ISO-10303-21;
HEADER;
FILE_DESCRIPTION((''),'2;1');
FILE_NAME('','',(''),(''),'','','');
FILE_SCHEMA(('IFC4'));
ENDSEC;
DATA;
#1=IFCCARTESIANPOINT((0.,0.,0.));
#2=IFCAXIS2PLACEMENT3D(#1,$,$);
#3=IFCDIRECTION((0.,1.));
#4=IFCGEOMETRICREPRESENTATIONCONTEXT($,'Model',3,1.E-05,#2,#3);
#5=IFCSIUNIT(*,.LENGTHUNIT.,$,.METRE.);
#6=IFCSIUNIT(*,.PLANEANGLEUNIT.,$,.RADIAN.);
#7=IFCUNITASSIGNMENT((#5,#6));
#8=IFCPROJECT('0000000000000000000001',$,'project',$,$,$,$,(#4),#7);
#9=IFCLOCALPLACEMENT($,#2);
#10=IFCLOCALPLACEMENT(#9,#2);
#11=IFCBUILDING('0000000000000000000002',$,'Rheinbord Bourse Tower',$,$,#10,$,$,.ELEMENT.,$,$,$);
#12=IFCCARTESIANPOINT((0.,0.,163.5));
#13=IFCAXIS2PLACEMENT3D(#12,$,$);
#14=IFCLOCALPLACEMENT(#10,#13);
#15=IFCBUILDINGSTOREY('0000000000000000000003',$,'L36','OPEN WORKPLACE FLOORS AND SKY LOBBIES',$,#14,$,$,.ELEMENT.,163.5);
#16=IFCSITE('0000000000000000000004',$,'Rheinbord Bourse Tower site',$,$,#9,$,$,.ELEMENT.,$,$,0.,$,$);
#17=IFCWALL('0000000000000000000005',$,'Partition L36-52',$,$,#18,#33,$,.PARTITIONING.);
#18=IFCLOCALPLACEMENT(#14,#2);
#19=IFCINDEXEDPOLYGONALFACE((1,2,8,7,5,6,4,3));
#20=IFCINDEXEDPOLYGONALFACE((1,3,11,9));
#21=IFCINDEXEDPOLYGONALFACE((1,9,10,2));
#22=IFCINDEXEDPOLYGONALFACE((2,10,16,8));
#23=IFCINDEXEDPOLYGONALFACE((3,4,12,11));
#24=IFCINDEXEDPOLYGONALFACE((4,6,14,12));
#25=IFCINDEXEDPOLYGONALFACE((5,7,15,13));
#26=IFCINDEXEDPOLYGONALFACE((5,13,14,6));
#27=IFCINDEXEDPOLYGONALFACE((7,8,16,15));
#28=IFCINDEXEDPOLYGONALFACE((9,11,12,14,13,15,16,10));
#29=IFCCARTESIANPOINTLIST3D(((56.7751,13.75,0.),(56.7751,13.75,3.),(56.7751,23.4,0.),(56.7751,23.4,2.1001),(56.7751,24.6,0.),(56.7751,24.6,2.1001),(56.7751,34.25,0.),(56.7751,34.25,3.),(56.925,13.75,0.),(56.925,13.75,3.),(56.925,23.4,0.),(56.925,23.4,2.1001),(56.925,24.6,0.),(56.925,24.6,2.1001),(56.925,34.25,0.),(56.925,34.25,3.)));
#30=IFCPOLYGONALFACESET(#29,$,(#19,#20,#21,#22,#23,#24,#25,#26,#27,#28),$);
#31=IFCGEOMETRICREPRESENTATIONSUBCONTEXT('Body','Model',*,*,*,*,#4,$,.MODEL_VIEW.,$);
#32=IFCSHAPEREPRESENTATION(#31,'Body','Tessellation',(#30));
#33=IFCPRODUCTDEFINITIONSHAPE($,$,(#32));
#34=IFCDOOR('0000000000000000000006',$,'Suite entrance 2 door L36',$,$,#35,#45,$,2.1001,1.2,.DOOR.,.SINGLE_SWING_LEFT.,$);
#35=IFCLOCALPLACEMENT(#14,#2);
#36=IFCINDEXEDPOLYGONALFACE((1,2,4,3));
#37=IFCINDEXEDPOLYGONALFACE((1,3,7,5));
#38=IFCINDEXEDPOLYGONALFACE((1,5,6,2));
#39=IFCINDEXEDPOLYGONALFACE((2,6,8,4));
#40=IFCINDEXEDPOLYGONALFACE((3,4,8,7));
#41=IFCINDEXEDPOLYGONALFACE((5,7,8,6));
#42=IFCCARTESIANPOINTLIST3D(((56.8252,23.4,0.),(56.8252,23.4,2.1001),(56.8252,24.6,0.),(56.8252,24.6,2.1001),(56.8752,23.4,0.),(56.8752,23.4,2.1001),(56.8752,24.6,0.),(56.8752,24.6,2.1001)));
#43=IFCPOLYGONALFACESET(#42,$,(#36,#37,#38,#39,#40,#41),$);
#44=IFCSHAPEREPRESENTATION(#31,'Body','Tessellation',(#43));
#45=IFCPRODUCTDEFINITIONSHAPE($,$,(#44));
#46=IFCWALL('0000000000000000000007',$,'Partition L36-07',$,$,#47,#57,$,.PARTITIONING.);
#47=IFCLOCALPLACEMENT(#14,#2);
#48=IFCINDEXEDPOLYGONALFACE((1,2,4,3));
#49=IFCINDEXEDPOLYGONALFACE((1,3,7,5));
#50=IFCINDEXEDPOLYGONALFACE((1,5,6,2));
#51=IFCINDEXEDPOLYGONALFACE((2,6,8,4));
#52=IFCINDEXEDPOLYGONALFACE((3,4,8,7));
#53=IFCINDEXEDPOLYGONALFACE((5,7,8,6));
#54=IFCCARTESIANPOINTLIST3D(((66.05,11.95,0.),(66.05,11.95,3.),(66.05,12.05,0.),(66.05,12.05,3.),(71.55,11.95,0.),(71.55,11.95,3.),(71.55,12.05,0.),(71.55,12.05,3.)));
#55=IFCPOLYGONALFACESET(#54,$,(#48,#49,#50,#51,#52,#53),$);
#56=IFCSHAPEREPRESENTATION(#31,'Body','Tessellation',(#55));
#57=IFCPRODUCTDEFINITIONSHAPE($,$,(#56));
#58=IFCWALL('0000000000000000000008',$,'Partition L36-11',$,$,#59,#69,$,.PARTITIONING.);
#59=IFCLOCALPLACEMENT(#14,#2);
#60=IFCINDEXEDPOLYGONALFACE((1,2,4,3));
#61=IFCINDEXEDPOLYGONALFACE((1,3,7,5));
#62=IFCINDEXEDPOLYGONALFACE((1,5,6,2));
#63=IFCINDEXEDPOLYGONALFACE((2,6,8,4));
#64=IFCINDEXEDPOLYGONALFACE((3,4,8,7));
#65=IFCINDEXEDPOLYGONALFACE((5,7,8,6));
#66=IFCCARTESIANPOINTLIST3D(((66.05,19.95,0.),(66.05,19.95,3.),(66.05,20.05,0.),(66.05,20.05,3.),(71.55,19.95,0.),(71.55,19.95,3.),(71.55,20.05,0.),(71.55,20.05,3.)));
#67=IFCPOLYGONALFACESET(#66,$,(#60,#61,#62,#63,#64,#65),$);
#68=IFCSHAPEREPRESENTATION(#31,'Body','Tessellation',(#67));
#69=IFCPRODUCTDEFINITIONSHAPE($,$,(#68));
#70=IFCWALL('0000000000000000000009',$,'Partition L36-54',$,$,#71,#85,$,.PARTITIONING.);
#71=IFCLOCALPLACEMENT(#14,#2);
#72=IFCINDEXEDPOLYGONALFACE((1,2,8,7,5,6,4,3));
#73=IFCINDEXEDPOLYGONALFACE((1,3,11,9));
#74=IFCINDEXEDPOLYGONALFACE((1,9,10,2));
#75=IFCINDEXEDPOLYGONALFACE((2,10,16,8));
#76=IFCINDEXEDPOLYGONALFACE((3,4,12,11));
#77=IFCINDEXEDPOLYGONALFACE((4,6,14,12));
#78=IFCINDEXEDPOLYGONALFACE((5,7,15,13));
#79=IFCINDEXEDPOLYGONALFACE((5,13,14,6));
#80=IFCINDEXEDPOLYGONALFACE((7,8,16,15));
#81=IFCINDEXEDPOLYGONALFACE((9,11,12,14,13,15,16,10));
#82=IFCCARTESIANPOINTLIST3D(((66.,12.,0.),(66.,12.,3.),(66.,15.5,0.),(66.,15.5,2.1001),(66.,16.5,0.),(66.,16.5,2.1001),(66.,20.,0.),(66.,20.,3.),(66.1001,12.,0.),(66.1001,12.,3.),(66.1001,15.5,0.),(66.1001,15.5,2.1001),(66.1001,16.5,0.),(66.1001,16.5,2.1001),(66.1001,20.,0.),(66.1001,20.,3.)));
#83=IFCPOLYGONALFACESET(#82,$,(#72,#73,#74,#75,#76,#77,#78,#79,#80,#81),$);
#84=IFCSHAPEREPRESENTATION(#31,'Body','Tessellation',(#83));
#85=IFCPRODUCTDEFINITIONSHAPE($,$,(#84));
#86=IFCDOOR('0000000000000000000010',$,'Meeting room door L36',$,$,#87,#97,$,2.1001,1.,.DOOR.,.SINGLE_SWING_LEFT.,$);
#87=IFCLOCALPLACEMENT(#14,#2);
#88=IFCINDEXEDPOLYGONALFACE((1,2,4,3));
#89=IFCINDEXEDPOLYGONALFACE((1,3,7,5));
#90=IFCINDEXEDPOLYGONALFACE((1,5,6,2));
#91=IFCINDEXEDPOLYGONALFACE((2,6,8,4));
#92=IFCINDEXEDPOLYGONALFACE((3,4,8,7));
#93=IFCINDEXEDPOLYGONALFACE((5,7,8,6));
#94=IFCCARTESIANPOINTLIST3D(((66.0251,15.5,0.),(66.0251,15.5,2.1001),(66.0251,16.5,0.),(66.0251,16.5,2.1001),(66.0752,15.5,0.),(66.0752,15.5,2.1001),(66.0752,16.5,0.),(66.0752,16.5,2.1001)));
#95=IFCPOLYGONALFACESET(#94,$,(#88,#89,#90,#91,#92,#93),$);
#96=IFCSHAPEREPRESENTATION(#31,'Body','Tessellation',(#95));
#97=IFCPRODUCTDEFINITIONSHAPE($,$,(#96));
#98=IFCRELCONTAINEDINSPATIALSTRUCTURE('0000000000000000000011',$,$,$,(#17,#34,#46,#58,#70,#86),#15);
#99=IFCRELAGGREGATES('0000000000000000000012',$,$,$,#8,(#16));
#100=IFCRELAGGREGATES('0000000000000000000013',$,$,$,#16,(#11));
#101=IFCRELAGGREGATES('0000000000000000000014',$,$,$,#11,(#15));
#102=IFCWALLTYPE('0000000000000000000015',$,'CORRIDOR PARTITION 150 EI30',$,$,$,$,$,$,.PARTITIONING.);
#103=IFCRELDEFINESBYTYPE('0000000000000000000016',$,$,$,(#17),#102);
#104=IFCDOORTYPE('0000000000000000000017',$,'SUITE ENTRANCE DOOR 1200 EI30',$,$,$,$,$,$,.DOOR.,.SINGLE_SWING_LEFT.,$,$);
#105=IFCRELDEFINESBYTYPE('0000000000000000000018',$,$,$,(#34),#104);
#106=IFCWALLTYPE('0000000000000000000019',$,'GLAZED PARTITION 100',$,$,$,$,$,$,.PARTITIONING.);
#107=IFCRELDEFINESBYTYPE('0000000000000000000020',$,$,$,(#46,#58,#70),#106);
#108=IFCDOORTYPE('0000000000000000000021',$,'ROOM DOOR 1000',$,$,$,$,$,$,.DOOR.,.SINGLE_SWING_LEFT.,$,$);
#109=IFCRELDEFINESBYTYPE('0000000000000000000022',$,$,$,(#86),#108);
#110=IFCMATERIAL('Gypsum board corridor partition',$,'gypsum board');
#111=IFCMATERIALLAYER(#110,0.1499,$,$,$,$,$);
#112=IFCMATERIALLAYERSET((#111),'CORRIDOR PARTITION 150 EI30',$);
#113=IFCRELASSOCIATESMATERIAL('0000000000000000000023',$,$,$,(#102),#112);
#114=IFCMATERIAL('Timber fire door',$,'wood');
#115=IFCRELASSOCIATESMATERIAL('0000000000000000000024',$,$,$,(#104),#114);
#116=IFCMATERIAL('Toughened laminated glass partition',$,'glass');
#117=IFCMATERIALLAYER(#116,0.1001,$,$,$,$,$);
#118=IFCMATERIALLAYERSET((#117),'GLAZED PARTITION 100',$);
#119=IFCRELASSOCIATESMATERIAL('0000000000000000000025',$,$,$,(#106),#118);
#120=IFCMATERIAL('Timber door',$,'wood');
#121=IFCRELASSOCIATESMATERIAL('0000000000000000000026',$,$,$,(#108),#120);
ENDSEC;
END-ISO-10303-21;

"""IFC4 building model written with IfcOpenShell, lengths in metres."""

from ifc_helpers import new_model, si_unit, direction, frame, frame_2d, origin, place, context, subcontext, project, spatial, rectangle, extrude, material, layer, layer_set, type_object, element, fill, save


model = new_model("IFC4")

# Units and contexts
model_context = context("Model", 3, precision=1e-05, world=origin(), true_north=direction((0.0, 1.0)))
body_context = subcontext(model_context, "Body", "Model", "MODEL_VIEW")
ifc_project = project(units=[si_unit("LENGTHUNIT", "METRE"), si_unit("PLANEANGLEUNIT", "RADIAN")], contexts=[model_context])

# Site, building, storey
site_placement = place(None, origin())
site = spatial("IfcSite", under=ifc_project, at=site_placement, Name="Rheinbord Bourse Tower site", CompositionType="ELEMENT", RefElevation=0.0)
building_placement = place(site_placement, origin())
building = spatial("IfcBuilding", under=site, at=building_placement, Name="Rheinbord Bourse Tower", CompositionType="ELEMENT")
storey_placement = place(building_placement, frame((0.0, 0.0, 163.5)))
storey = spatial("IfcBuildingStorey", under=building, at=storey_placement, Name="L36", Description="OPEN WORKPLACE FLOORS AND SKY LOBBIES", CompositionType="ELEMENT", Elevation=163.5)

# Wall, opening, door
ifc_material_1 = material(Name="Gypsum board corridor partition", Category="gypsum board")
ifc_layer_1 = layer(ifc_material_1, 0.1499)
ifc_layer_set_1 = layer_set([ifc_layer_1], Name="CORRIDOR PARTITION 150 EI30")
wall_type_1 = type_object("IfcWallType", Name="CORRIDOR PARTITION 150 EI30", PredefinedType="PARTITIONING", material=ifc_layer_set_1)
wall_1_placement = place(storey_placement, frame((56.8501, 13.75, 0.0), z_axis=(0.0, 0.0, 1.0), x_axis=(0.0, 1.0, 0.0)))
wall_1 = element("IfcWall", 1, at=wall_1_placement, inside=storey, type_object=wall_type_1, Name="Partition L36-52", PredefinedType="PARTITIONING", context=body_context, shape_type="SweptSolid", body=[
    extrude(rectangle(XDim=20.5, YDim=0.1499, at=frame_2d((10.25, 0.0))), origin(), (0.0, 0.0, 1.0), 3.0),
])
opening_1_placement = place(wall_1_placement, frame((9.6499, 0.0, 0.0)))
opening_1 = element("IfcOpeningElement", 2, at=opening_1_placement, cuts=wall_1, PredefinedType="OPENING", context=body_context, shape_type="SweptSolid", body=[
    extrude(rectangle(XDim=1.2, YDim=2.1001, at=frame_2d((0.6001, 1.05))), frame((0.0, 0.085, 0.0), z_axis=(0.0, -1.0, 0.0), x_axis=(1.0, 0.0, 0.0)), (0.0, 0.0, 1.0), 0.1699),
])
ifc_material_2 = material(Name="Timber fire door", Category="wood")
door_type_1 = type_object("IfcDoorType", Name="SUITE ENTRANCE DOOR 1200 EI30", OperationType="SINGLE_SWING_LEFT", PredefinedType="DOOR", material=ifc_material_2)
door_1_placement = place(opening_1_placement, origin())
door_1 = element("IfcDoor", 3, at=door_1_placement, inside=storey, type_object=door_type_1, Name="Suite entrance 2 door L36", OperationType="SINGLE_SWING_LEFT", OverallHeight=2.1001, OverallWidth=1.2, PredefinedType="DOOR", context=body_context, shape_type="SweptSolid", body=[
    extrude(rectangle(XDim=1.2, YDim=2.1001, at=frame_2d((0.6001, 1.05))), frame((0.0, 0.0249, 0.0), z_axis=(0.0, -1.0, 0.0), x_axis=(1.0, 0.0, 0.0)), (0.0, 0.0, 1.0), 0.05),
])
fill(opening_1, door_1)

# Walls
ifc_material_3 = material(Name="Toughened laminated glass partition", Category="glass")
ifc_layer_2 = layer(ifc_material_3, 0.1001)
ifc_layer_set_2 = layer_set([ifc_layer_2], Name="GLAZED PARTITION 100")
wall_type_2 = type_object("IfcWallType", Name="GLAZED PARTITION 100", PredefinedType="PARTITIONING", material=ifc_layer_set_2)
for number, where, z_axis, x_axis, name in (
    (4, (66.05, 12.0, 0.0), (0.0, 0.0, 1.0), (1.0, 0.0, 0.0), "Partition L36-07"),
    (5, (66.05, 20.0, 0.0), (0.0, 0.0, 1.0), (1.0, 0.0, 0.0), "Partition L36-11"),
):
    element("IfcWall", number, at=place(storey_placement, frame(where, z_axis=z_axis, x_axis=x_axis)), inside=storey, type_object=wall_type_2, Name=name, PredefinedType="PARTITIONING", context=body_context, shape_type="SweptSolid", body=[
        extrude(rectangle(XDim=5.5, YDim=0.1001, at=frame_2d((2.75, 0.0))), origin(), (0.0, 0.0, 1.0), 3.0),
    ])

# Wall, opening, door
wall_2_placement = place(storey_placement, frame((66.05, 12.0, 0.0), z_axis=(0.0, 0.0, 1.0), x_axis=(0.0, 1.0, 0.0)))
wall_2 = element("IfcWall", 6, at=wall_2_placement, inside=storey, type_object=wall_type_2, Name="Partition L36-54", PredefinedType="PARTITIONING", context=body_context, shape_type="SweptSolid", body=[
    extrude(rectangle(XDim=8.0, YDim=0.1001, at=frame_2d((4.0, 0.0))), origin(), (0.0, 0.0, 1.0), 3.0),
])
opening_2_placement = place(wall_2_placement, frame((3.5, 0.0, 0.0)))
opening_2 = element("IfcOpeningElement", 7, at=opening_2_placement, cuts=wall_2, PredefinedType="OPENING", context=body_context, shape_type="SweptSolid", body=[
    extrude(rectangle(XDim=1.0, YDim=2.1001, at=frame_2d((0.5, 1.05))), frame((0.0, 0.0601, 0.0), z_axis=(0.0, -1.0, 0.0), x_axis=(1.0, 0.0, 0.0)), (0.0, 0.0, 1.0), 0.1201),
])
ifc_material_4 = material(Name="Timber door", Category="wood")
door_type_2 = type_object("IfcDoorType", Name="ROOM DOOR 1000", OperationType="SINGLE_SWING_LEFT", PredefinedType="DOOR", material=ifc_material_4)
door_2_placement = place(opening_2_placement, origin())
door_2 = element("IfcDoor", 8, at=door_2_placement, inside=storey, type_object=door_type_2, Name="Meeting room door L36", OperationType="SINGLE_SWING_LEFT", OverallHeight=2.1001, OverallWidth=1.0, PredefinedType="DOOR", context=body_context, shape_type="SweptSolid", body=[
    extrude(rectangle(XDim=1.0, YDim=2.1001, at=frame_2d((0.5, 1.05))), frame((0.0, 0.0249, 0.0), z_axis=(0.0, -1.0, 0.0), x_axis=(1.0, 0.0, 0.0)), (0.0, 0.0, 1.0), 0.05),
])
fill(opening_2, door_2)

save(model, "model.ifc")
